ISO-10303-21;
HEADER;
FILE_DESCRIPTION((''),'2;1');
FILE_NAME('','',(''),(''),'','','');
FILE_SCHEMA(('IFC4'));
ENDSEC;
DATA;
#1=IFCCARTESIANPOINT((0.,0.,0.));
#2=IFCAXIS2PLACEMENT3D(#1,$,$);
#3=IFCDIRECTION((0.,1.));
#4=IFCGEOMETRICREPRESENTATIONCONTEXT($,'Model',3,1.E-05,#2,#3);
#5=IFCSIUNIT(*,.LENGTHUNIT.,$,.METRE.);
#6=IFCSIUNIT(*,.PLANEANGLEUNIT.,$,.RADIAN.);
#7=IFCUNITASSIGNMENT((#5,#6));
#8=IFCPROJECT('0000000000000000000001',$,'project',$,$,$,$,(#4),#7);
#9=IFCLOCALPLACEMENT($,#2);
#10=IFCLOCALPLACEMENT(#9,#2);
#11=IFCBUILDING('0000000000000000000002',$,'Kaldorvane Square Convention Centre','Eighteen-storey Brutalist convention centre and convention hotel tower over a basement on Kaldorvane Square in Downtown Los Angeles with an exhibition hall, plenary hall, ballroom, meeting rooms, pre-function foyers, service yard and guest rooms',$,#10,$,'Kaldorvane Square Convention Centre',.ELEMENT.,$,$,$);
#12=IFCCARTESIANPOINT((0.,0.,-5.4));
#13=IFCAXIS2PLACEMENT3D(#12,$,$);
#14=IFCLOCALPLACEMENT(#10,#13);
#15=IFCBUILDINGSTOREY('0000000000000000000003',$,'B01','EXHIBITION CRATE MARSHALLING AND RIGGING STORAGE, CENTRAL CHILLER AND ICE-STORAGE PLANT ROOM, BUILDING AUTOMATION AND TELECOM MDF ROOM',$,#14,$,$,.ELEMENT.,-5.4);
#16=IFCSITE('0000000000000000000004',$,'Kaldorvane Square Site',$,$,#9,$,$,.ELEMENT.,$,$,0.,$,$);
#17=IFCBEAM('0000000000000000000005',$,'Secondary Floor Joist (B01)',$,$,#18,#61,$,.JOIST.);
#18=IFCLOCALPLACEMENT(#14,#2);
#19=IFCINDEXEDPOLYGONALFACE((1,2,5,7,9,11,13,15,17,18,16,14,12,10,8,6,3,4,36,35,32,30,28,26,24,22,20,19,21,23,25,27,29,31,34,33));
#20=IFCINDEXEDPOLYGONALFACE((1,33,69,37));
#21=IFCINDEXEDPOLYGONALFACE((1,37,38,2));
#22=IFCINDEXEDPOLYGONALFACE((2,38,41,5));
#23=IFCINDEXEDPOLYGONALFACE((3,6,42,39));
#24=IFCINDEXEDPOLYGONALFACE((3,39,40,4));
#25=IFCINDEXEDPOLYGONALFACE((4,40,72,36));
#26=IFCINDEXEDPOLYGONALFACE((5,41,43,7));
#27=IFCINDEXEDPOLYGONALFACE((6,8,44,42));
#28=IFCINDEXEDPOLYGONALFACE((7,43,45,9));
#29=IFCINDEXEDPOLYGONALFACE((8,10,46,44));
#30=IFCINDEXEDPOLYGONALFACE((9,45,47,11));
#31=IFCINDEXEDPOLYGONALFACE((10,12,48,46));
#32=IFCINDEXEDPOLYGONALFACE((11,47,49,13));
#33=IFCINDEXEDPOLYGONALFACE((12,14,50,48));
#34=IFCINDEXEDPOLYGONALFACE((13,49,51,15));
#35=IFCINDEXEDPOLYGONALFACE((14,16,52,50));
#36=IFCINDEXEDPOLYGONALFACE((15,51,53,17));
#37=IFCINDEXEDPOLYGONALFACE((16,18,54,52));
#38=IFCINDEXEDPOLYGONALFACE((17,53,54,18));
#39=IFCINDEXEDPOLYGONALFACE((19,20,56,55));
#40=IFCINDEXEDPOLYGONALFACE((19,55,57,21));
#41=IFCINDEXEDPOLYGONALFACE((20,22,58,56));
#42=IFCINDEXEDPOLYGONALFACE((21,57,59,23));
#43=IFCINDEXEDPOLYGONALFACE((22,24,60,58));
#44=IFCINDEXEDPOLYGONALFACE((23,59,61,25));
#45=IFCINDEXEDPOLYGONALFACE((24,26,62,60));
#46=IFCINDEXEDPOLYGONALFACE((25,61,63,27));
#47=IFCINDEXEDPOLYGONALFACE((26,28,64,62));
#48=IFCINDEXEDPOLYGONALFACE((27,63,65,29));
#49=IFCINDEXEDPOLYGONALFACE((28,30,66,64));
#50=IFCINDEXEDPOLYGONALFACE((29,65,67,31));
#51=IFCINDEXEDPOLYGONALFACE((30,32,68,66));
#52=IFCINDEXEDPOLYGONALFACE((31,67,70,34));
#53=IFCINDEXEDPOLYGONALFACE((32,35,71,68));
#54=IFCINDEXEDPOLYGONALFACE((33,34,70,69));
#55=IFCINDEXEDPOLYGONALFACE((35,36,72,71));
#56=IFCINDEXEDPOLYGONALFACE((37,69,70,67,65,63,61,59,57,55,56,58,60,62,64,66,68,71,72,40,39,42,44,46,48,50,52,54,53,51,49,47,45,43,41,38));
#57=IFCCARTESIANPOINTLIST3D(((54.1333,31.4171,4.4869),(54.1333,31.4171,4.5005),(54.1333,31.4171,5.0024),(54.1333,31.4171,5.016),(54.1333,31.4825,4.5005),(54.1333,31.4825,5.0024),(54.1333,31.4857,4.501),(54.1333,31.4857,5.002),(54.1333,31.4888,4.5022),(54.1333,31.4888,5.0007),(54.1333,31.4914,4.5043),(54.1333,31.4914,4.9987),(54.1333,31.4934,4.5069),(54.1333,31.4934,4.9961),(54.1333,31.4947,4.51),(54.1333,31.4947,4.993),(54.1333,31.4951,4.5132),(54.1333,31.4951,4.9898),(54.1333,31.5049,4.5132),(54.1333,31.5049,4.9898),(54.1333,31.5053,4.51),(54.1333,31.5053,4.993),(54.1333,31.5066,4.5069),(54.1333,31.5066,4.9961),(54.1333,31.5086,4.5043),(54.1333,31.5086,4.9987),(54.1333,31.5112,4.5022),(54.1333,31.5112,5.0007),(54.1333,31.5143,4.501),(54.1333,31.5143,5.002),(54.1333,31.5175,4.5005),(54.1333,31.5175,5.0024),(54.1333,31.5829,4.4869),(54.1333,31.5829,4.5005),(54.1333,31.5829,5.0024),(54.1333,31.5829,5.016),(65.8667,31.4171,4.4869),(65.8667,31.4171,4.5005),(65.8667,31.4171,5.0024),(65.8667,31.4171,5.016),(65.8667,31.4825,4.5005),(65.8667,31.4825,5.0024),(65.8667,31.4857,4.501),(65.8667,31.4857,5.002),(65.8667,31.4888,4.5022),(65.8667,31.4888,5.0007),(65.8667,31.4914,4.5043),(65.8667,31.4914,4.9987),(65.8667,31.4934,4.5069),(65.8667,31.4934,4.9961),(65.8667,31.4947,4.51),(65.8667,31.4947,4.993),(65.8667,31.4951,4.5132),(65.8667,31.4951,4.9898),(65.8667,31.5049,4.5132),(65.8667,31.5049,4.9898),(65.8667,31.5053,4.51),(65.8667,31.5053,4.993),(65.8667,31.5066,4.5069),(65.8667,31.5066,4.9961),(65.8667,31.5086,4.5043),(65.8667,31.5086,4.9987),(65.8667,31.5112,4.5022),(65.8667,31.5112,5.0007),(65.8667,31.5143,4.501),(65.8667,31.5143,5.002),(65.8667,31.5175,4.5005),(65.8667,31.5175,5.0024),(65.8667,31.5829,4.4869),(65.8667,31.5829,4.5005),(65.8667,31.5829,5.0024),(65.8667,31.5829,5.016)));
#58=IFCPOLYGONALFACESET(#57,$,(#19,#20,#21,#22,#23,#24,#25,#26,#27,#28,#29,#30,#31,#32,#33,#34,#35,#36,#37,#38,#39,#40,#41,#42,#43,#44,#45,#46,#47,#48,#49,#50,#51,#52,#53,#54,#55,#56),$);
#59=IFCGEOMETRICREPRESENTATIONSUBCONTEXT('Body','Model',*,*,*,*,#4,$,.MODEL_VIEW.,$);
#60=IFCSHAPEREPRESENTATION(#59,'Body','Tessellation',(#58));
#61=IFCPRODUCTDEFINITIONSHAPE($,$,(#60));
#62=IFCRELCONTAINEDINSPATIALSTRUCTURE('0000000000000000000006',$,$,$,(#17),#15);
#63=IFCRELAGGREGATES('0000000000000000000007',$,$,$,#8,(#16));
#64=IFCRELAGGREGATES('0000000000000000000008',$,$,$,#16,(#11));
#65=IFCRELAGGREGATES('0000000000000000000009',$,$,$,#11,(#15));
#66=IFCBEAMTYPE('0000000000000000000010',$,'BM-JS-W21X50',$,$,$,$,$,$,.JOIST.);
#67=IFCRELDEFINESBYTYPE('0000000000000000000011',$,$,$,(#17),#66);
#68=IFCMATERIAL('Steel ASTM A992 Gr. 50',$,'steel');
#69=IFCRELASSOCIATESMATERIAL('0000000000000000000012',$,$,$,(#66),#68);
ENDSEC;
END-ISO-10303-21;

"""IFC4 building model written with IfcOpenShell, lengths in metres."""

from ifc_helpers import new_model, si_unit, direction, frame, origin, origin_2d, place, context, subcontext, project, spatial, i_section, extrude, material, material_profile, profile_set, type_object, element, save


model = new_model("IFC4")

# Units and contexts
model_context = context("Model", 3, precision=1e-05, world=origin(), true_north=direction((0.0, 1.0)))
body_context = subcontext(model_context, "Body", "Model", "MODEL_VIEW")
ifc_project = project(units=[si_unit("LENGTHUNIT", "METRE"), si_unit("PLANEANGLEUNIT", "RADIAN")], contexts=[model_context])

# Site, building, storey
site_placement = place(None, origin())
site = spatial("IfcSite", under=ifc_project, at=site_placement, Name="Kaldorvane Square Site", CompositionType="ELEMENT", RefElevation=0.0)
building_placement = place(site_placement, origin())
building = spatial("IfcBuilding", under=site, at=building_placement, Name="Kaldorvane Square Convention Centre", Description="Eighteen-storey Brutalist convention centre and convention hotel tower over a basement on Kaldorvane Square in Downtown Los Angeles with an exhibition hall, plenary hall, ballroom, meeting rooms, pre-function foyers, service yard and guest rooms", LongName="Kaldorvane Square Convention Centre", CompositionType="ELEMENT")
storey_placement = place(building_placement, frame((0.0, 0.0, -5.4)))
storey = spatial("IfcBuildingStorey", under=building, at=storey_placement, Name="B01", Description="EXHIBITION CRATE MARSHALLING AND RIGGING STORAGE, CENTRAL CHILLER AND ICE-STORAGE PLANT ROOM, BUILDING AUTOMATION AND TELECOM MDF ROOM", CompositionType="ELEMENT", Elevation=-5.4)

# Shared definitions
ifc_material_1 = material(Name="Steel ASTM A992 Gr. 50", Category="steel")

# Beam
ifc_material_profile_1 = material_profile(ifc_material_1, i_section(OverallWidth=0.1659, OverallDepth=0.5291, WebThickness=0.0097, FlangeThickness=0.0136, FilletRadius=0.0127, at=origin_2d()), Name="W21X50")
ifc_profile_set_1 = profile_set([ifc_material_profile_1], Name="Steel ASTM A992 Gr. 50")
beam_type_1 = type_object("IfcBeamType", Name="BM-JS-W21X50", PredefinedType="JOIST", material=ifc_profile_set_1)
for number, where, z_axis, x_axis, name in (
    (1, (54.1333, 31.5, 4.7515), (1.0, 0.0, 0.0), (0.0, 1.0, 0.0), "Secondary Floor Joist (B01)"),
):
    element("IfcBeam", number, at=place(storey_placement, frame(where, z_axis=z_axis, x_axis=x_axis)), inside=storey, type_object=beam_type_1, Name=name, PredefinedType="JOIST", context=body_context, shape_type="SweptSolid", body=[
        extrude(i_section(OverallWidth=0.1659, OverallDepth=0.5291, WebThickness=0.0097, FlangeThickness=0.0136, FilletRadius=0.0127, at=origin_2d()), origin(), (0.0, 0.0, 1.0), 11.7334),
    ])

save(model, "model.ifc")
